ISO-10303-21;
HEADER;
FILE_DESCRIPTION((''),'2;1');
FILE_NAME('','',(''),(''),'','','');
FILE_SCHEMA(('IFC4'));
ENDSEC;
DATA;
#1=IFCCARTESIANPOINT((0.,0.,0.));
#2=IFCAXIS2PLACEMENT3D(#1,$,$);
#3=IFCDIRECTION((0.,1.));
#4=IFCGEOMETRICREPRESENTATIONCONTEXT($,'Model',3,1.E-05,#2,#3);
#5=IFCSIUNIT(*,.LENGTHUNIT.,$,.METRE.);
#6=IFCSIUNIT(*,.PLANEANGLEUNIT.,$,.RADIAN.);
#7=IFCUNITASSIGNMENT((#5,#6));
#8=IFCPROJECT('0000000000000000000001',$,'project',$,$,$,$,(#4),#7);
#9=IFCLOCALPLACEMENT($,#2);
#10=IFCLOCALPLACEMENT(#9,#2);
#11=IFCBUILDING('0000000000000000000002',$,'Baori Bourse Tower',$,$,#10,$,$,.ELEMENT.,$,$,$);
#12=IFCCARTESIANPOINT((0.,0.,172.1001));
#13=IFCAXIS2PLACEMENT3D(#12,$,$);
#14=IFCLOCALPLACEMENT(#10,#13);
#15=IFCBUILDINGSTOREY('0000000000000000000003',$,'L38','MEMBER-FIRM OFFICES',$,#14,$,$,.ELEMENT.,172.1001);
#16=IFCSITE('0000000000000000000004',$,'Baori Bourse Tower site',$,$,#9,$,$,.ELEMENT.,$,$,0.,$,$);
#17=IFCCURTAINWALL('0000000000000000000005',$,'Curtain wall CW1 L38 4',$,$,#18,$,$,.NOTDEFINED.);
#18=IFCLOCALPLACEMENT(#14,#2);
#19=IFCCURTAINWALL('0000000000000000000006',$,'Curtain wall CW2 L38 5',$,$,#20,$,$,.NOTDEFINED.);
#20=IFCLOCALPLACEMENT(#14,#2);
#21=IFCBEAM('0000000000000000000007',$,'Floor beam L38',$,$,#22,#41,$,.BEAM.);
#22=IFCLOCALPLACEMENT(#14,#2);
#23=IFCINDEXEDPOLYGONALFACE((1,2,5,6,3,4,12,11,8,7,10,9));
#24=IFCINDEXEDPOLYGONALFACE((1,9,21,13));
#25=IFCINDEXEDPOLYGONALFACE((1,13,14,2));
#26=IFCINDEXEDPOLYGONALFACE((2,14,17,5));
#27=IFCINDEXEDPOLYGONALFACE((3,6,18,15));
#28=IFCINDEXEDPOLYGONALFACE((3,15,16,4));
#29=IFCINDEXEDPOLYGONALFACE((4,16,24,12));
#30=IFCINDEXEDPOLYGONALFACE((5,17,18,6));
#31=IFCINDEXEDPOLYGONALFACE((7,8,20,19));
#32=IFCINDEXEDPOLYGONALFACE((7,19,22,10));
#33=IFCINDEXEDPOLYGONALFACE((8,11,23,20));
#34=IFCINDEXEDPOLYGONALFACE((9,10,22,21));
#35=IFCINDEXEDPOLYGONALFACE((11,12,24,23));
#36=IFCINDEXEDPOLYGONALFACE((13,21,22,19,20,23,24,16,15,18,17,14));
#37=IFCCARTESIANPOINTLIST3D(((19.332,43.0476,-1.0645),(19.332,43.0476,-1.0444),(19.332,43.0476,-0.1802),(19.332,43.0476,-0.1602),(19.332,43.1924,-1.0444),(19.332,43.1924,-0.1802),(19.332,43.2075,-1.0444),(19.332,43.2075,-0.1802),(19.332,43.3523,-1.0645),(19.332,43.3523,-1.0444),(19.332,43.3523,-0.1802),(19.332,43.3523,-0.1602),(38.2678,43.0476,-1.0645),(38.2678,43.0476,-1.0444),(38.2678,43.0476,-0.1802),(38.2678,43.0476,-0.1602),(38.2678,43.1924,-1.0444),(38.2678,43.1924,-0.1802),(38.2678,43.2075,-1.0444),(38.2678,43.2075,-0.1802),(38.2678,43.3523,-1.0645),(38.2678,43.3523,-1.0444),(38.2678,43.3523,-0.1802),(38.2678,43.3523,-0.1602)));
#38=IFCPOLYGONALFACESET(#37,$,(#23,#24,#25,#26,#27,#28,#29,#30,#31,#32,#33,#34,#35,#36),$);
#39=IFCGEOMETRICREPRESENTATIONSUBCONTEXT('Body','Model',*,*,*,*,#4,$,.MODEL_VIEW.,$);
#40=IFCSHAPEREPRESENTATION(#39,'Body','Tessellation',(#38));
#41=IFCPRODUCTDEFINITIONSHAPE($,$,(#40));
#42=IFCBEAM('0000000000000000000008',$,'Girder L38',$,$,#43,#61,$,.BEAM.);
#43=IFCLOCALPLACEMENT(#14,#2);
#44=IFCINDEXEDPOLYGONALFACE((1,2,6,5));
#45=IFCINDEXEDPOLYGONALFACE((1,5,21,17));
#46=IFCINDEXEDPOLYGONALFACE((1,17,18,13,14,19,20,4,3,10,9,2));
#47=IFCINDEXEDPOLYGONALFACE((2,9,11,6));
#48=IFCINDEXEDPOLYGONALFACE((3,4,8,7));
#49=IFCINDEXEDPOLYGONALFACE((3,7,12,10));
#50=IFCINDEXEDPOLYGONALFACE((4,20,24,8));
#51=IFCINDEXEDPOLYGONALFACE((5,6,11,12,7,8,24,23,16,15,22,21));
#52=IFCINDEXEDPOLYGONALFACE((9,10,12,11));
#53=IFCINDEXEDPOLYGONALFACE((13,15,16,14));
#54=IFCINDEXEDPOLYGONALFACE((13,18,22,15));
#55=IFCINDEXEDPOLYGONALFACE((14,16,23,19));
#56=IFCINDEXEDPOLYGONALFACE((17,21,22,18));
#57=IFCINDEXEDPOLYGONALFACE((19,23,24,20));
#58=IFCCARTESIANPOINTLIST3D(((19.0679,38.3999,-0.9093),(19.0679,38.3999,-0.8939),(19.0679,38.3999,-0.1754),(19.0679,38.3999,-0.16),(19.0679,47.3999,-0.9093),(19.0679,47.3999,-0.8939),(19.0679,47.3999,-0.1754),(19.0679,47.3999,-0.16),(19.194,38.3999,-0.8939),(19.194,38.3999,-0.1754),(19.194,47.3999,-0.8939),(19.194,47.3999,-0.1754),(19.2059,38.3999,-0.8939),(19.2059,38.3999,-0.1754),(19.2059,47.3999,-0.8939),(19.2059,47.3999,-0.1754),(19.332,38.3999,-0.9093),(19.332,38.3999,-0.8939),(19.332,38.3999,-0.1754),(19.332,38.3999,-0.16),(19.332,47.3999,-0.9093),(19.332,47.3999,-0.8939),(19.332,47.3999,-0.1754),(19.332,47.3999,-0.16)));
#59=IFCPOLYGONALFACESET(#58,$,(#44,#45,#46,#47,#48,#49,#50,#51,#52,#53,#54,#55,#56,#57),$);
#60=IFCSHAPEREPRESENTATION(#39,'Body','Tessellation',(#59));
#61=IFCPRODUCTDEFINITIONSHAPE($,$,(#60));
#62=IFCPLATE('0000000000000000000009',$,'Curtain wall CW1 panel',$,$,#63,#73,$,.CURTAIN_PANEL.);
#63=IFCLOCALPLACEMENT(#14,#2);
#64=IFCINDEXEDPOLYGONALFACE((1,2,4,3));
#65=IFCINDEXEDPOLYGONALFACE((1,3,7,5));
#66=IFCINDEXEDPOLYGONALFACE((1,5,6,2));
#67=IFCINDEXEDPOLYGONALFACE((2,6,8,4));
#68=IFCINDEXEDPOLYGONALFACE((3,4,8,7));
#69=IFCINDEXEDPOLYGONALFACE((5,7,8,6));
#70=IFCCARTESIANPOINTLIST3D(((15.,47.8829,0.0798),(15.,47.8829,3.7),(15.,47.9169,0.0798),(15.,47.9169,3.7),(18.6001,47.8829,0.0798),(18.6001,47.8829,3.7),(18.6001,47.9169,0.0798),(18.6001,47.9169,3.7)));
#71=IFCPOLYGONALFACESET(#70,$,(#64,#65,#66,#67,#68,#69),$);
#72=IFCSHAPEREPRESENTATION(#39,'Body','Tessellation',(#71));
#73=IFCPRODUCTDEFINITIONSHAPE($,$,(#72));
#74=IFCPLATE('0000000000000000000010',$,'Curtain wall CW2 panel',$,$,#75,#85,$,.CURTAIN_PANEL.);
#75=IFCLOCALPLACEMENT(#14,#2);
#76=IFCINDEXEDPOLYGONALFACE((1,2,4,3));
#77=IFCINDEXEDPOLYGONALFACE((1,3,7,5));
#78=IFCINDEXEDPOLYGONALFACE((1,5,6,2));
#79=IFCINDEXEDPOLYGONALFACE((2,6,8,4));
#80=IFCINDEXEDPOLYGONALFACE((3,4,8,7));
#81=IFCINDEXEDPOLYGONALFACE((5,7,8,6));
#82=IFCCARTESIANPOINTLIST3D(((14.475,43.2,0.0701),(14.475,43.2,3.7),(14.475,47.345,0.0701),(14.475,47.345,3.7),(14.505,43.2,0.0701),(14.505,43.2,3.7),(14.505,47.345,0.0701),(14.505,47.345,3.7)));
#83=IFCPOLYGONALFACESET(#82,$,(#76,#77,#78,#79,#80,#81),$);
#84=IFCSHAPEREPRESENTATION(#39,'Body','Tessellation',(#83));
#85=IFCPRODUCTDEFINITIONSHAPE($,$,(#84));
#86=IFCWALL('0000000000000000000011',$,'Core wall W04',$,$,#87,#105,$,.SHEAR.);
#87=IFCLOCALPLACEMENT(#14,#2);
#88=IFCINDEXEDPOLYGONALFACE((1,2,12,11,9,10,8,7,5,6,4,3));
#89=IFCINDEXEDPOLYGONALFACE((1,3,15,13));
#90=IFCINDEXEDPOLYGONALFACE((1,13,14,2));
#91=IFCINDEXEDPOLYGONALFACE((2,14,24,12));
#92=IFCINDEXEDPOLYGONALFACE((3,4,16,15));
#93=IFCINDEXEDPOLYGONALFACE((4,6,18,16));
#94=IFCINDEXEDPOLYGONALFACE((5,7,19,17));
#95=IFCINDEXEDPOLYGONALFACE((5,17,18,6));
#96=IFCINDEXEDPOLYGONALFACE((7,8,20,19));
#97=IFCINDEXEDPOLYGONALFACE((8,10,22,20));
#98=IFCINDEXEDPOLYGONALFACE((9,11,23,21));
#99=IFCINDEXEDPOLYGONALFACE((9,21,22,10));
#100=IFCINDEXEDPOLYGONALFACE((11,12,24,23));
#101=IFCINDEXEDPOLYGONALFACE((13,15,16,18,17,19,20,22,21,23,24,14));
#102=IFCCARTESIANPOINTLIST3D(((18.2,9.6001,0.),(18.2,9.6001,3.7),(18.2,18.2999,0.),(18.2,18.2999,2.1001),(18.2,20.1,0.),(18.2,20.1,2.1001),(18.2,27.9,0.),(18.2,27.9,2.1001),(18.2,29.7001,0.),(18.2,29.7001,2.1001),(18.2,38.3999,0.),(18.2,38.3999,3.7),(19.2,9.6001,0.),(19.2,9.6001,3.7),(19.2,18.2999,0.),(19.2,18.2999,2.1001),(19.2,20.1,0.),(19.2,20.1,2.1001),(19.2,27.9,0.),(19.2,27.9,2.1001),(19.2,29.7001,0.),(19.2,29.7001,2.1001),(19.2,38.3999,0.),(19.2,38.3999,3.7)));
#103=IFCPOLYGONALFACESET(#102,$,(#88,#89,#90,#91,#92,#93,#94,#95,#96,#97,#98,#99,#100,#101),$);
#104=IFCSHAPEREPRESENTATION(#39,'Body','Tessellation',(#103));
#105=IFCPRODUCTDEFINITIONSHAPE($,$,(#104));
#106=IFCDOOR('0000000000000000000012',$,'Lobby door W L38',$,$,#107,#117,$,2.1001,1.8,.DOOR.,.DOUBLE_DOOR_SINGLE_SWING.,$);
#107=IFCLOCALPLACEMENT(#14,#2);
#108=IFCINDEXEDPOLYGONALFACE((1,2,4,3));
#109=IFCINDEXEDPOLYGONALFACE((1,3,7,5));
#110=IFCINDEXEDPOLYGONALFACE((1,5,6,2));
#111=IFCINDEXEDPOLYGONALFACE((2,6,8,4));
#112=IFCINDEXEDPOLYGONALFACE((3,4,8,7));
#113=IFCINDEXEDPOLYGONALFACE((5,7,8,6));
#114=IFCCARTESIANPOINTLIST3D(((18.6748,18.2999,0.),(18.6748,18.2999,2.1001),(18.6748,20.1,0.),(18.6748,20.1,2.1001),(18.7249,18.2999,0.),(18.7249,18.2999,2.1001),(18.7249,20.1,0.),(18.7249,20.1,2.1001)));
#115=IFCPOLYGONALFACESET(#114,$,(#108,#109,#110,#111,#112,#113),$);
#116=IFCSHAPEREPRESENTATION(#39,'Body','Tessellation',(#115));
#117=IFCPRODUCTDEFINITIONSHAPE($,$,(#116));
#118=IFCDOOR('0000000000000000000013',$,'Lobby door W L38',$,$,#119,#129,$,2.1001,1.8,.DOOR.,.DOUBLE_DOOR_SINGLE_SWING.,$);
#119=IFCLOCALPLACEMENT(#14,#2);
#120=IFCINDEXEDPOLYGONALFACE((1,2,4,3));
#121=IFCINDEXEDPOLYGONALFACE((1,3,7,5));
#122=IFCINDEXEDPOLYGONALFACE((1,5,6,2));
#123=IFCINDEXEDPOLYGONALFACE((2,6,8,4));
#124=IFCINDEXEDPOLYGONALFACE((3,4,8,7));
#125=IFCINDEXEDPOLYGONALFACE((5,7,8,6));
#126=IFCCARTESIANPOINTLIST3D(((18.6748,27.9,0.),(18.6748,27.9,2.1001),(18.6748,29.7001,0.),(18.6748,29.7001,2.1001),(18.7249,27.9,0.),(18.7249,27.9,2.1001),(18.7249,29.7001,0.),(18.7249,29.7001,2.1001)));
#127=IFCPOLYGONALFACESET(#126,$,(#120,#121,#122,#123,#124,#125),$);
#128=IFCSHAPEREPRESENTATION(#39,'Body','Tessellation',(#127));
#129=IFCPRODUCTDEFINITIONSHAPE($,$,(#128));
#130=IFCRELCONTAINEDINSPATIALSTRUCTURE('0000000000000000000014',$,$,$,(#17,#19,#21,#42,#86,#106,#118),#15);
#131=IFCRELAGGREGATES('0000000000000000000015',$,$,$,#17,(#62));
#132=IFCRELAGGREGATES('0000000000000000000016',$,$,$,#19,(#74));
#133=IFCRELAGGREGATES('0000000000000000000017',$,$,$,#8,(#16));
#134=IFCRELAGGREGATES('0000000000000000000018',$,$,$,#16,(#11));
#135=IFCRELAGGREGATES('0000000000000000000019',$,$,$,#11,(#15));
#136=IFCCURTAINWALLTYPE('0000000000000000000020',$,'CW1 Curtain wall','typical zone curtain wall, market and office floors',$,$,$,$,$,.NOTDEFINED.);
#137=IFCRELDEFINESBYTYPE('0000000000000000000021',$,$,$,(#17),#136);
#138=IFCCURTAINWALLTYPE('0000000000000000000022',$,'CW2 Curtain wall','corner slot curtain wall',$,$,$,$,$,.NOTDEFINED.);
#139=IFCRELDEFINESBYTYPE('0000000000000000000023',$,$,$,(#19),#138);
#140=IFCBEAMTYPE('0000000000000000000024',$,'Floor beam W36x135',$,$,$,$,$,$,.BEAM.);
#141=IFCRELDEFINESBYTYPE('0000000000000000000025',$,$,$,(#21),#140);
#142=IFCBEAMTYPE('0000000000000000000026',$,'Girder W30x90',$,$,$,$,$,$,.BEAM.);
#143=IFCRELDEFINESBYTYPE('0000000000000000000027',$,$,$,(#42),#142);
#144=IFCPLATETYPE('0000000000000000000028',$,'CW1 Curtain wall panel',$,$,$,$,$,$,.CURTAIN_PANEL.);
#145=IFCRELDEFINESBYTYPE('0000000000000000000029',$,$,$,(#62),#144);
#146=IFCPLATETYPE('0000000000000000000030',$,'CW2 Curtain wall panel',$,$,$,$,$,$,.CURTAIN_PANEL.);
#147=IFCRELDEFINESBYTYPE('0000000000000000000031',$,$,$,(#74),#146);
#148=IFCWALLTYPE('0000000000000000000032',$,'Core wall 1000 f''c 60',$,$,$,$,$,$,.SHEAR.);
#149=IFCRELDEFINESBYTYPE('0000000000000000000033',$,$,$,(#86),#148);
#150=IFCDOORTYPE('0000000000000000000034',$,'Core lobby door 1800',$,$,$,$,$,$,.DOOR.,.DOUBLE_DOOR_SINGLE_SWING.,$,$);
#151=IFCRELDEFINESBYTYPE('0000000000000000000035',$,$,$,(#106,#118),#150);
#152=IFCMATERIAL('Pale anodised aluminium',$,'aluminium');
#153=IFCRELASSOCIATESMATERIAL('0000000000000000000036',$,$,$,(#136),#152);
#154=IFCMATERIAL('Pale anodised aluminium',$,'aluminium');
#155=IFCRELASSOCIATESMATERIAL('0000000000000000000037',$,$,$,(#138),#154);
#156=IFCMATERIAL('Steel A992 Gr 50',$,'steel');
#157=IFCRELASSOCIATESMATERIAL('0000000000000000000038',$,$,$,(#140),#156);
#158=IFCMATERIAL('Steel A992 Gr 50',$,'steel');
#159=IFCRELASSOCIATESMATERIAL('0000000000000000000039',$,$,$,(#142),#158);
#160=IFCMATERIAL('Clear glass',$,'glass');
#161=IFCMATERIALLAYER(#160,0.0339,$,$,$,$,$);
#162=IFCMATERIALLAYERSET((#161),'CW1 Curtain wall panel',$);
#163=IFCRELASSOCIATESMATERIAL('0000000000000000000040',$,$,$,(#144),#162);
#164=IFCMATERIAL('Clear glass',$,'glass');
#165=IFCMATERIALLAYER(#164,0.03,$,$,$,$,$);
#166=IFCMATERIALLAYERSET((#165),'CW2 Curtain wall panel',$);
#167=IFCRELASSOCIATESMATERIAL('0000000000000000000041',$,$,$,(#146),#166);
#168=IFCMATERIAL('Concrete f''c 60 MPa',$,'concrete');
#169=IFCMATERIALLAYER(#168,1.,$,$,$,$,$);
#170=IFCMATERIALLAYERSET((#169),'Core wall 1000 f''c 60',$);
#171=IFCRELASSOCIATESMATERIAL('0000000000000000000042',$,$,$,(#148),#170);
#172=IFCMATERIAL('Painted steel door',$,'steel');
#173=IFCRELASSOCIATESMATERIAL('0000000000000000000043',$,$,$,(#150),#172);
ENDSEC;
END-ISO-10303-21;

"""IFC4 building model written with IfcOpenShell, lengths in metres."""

from ifc_helpers import new_model, si_unit, direction, frame, frame_2d, origin, origin_2d, place, context, subcontext, project, spatial, rectangle, i_section, extrude, material, layer, layer_set, material_profile, profile_set, type_object, element, fill, aggregate, save


model = new_model("IFC4")

# Units and contexts
model_context = context("Model", 3, precision=1e-05, world=origin(), true_north=direction((0.0, 1.0)))
body_context = subcontext(model_context, "Body", "Model", "MODEL_VIEW")
ifc_project = project(units=[si_unit("LENGTHUNIT", "METRE"), si_unit("PLANEANGLEUNIT", "RADIAN")], contexts=[model_context])

# Site, building, storey
site_placement = place(None, origin())
site = spatial("IfcSite", under=ifc_project, at=site_placement, Name="Baori Bourse Tower site", CompositionType="ELEMENT", RefElevation=0.0)
building_placement = place(site_placement, origin())
building = spatial("IfcBuilding", under=site, at=building_placement, Name="Baori Bourse Tower", CompositionType="ELEMENT")
storey_placement = place(building_placement, frame((0.0, 0.0, 172.1001)))
storey = spatial("IfcBuildingStorey", under=building, at=storey_placement, Name="L38", Description="MEMBER-FIRM OFFICES", CompositionType="ELEMENT", Elevation=172.1001)

# Curtain wall
ifc_material_1 = material(Name="Pale anodised aluminium", Category="aluminium")
curtain_wall_type_1 = type_object("IfcCurtainWallType", Name="CW1 Curtain wall", Description="typical zone curtain wall, market and office floors", PredefinedType="NOTDEFINED", material=ifc_material_1)
curtain_wall_1_placement = place(storey_placement, origin())
curtain_wall_1 = element("IfcCurtainWall", 1, at=curtain_wall_1_placement, inside=storey, type_object=curtain_wall_type_1, Name="Curtain wall CW1 L38 4", PredefinedType="NOTDEFINED")

# Curtain wall
ifc_material_2 = material(Name="Pale anodised aluminium", Category="aluminium")
curtain_wall_type_2 = type_object("IfcCurtainWallType", Name="CW2 Curtain wall", Description="corner slot curtain wall", PredefinedType="NOTDEFINED", material=ifc_material_2)
curtain_wall_2_placement = place(storey_placement, origin())
curtain_wall_2 = element("IfcCurtainWall", 2, at=curtain_wall_2_placement, inside=storey, type_object=curtain_wall_type_2, Name="Curtain wall CW2 L38 5", PredefinedType="NOTDEFINED")

# Beams
ifc_material_3 = material(Name="Steel A992 Gr 50", Category="steel")
ifc_material_profile_1 = material_profile(ifc_material_3, i_section(OverallWidth=0.3047, OverallDepth=0.9043, WebThickness=0.0151, FlangeThickness=0.02, at=origin_2d()), Name="W36x135")
ifc_profile_set_1 = profile_set([ifc_material_profile_1], Name="Steel A992 Gr 50")
beam_type_1 = type_object("IfcBeamType", Name="Floor beam W36x135", PredefinedType="BEAM", material=ifc_profile_set_1)
beam_1_placement = place(storey_placement, frame((19.332, 43.2, -0.6123), z_axis=(1.0, 0.0, 0.0), x_axis=(0.0, 1.0, 0.0)))
element("IfcBeam", 3, at=beam_1_placement, inside=storey, type_object=beam_type_1, Name="Floor beam L38", PredefinedType="BEAM", context=body_context, shape_type="SweptSolid", body=[
    extrude(i_section(OverallWidth=0.3047, OverallDepth=0.9043, WebThickness=0.0151, FlangeThickness=0.02, at=origin_2d()), origin(), (0.0, 0.0, 1.0), 18.9358),
])
ifc_material_4 = material(Name="Steel A992 Gr 50", Category="steel")
ifc_material_profile_2 = material_profile(ifc_material_4, i_section(OverallWidth=0.2642, OverallDepth=0.7493, WebThickness=0.012, FlangeThickness=0.0154, at=origin_2d()), Name="W30x90")
ifc_profile_set_2 = profile_set([ifc_material_profile_2], Name="Steel A992 Gr 50")
beam_type_2 = type_object("IfcBeamType", Name="Girder W30x90", PredefinedType="BEAM", material=ifc_profile_set_2)
beam_2_placement = place(storey_placement, frame((19.2, 38.3999, -0.5347), z_axis=(0.0, 1.0, 0.0), x_axis=(-1.0, 0.0, 0.0)))
element("IfcBeam", 4, at=beam_2_placement, inside=storey, type_object=beam_type_2, Name="Girder L38", PredefinedType="BEAM", context=body_context, shape_type="SweptSolid", body=[
    extrude(i_section(OverallWidth=0.2642, OverallDepth=0.7493, WebThickness=0.012, FlangeThickness=0.0154, at=origin_2d()), origin(), (0.0, 0.0, 1.0), 9.0),
])

# Plates
ifc_material_5 = material(Name="Clear glass", Category="glass")
ifc_layer_1 = layer(ifc_material_5, 0.0339)
ifc_layer_set_1 = layer_set([ifc_layer_1], Name="CW1 Curtain wall panel")
plate_type_1 = type_object("IfcPlateType", Name="CW1 Curtain wall panel", PredefinedType="CURTAIN_PANEL", material=ifc_layer_set_1)
plate_1_placement = place(storey_placement, frame((16.8, 47.8999, 0.0798), z_axis=(0.0, 0.0, 1.0), x_axis=(-1.0, 0.0, 0.0)))
plate_1 = element("IfcPlate", 5, at=plate_1_placement, type_object=plate_type_1, Name="Curtain wall CW1 panel", PredefinedType="CURTAIN_PANEL", context=body_context, shape_type="SweptSolid", body=[
    extrude(rectangle(XDim=3.6001, YDim=0.0339, at=origin_2d()), origin(), (0.0, 0.0, 1.0), 3.6201),
])
aggregate(curtain_wall_1, [plate_1])
ifc_material_6 = material(Name="Clear glass", Category="glass")
ifc_layer_2 = layer(ifc_material_6, 0.03)
ifc_layer_set_2 = layer_set([ifc_layer_2], Name="CW2 Curtain wall panel")
plate_type_2 = type_object("IfcPlateType", Name="CW2 Curtain wall panel", PredefinedType="CURTAIN_PANEL", material=ifc_layer_set_2)
plate_2_placement = place(storey_placement, frame((14.49, 45.2725, 0.0701), z_axis=(0.0, 0.0, 1.0), x_axis=(0.0, -1.0, 0.0)))
plate_2 = element("IfcPlate", 6, at=plate_2_placement, type_object=plate_type_2, Name="Curtain wall CW2 panel", PredefinedType="CURTAIN_PANEL", context=body_context, shape_type="SweptSolid", body=[
    extrude(rectangle(XDim=4.145, YDim=0.03, at=origin_2d()), origin(), (0.0, 0.0, 1.0), 3.6299),
])
aggregate(curtain_wall_2, [plate_2])

# Wall, openings, doors
ifc_material_7 = material(Name="Concrete f'c 60 MPa", Category="concrete")
ifc_layer_3 = layer(ifc_material_7, 1.0)
ifc_layer_set_3 = layer_set([ifc_layer_3], Name="Core wall 1000 f'c 60")
wall_type_1 = type_object("IfcWallType", Name="Core wall 1000 f'c 60", PredefinedType="SHEAR", material=ifc_layer_set_3)
wall_1_placement = place(storey_placement, frame((18.7, 38.3999, 0.0), z_axis=(0.0, 0.0, 1.0), x_axis=(0.0, -1.0, 0.0)))
wall_1 = element("IfcWall", 7, at=wall_1_placement, inside=storey, type_object=wall_type_1, Name="Core wall W04", PredefinedType="SHEAR", context=body_context, shape_type="SweptSolid", body=[
    extrude(rectangle(XDim=28.7998, YDim=1.0, at=frame_2d((14.3999, 0.0))), origin(), (0.0, 0.0, 1.0), 3.7),
])
opening_1_placement = place(wall_1_placement, frame((18.3, 0.0, 0.0)))
opening_1 = element("IfcOpeningElement", 8, at=opening_1_placement, cuts=wall_1, PredefinedType="OPENING", context=body_context, shape_type="SweptSolid", body=[
    extrude(rectangle(XDim=1.8, YDim=2.1001, at=frame_2d((0.8999, 1.05))), frame((0.0, 0.51, 0.0), z_axis=(0.0, -1.0, 0.0), x_axis=(1.0, 0.0, 0.0)), (0.0, 0.0, 1.0), 1.02),
])
opening_2_placement = place(wall_1_placement, frame((8.7, 0.0, 0.0)))
opening_2 = element("IfcOpeningElement", 9, at=opening_2_placement, cuts=wall_1, PredefinedType="OPENING", context=body_context, shape_type="SweptSolid", body=[
    extrude(rectangle(XDim=1.8, YDim=2.1001, at=frame_2d((0.8999, 1.05))), frame((0.0, 0.51, 0.0), z_axis=(0.0, -1.0, 0.0), x_axis=(1.0, 0.0, 0.0)), (0.0, 0.0, 1.0), 1.02),
])
ifc_material_8 = material(Name="Painted steel door", Category="steel")
door_type_1 = type_object("IfcDoorType", Name="Core lobby door 1800", OperationType="DOUBLE_DOOR_SINGLE_SWING", PredefinedType="DOOR", material=ifc_material_8)
door_1_placement = place(opening_1_placement, origin())
door_1 = element("IfcDoor", 10, at=door_1_placement, inside=storey, type_object=door_type_1, Name="Lobby door W L38", OperationType="DOUBLE_DOOR_SINGLE_SWING", OverallHeight=2.1001, OverallWidth=1.8, PredefinedType="DOOR", context=body_context, shape_type="SweptSolid", body=[
    extrude(rectangle(XDim=1.8, YDim=2.1001, at=frame_2d((0.8999, 1.05))), frame((0.0, 0.0249, 0.0), z_axis=(0.0, -1.0, 0.0), x_axis=(1.0, 0.0, 0.0)), (0.0, 0.0, 1.0), 0.05),
])
fill(opening_1, door_1)
door_2_placement = place(opening_2_placement, origin())
door_2 = element("IfcDoor", 11, at=door_2_placement, inside=storey, type_object=door_type_1, Name="Lobby door W L38", OperationType="DOUBLE_DOOR_SINGLE_SWING", OverallHeight=2.1001, OverallWidth=1.8, PredefinedType="DOOR", context=body_context, shape_type="SweptSolid", body=[
    extrude(rectangle(XDim=1.8, YDim=2.1001, at=frame_2d((0.8999, 1.05))), frame((0.0, 0.0249, 0.0), z_axis=(0.0, -1.0, 0.0), x_axis=(1.0, 0.0, 0.0)), (0.0, 0.0, 1.0), 0.05),
])
fill(opening_2, door_2)

save(model, "model.ifc")
